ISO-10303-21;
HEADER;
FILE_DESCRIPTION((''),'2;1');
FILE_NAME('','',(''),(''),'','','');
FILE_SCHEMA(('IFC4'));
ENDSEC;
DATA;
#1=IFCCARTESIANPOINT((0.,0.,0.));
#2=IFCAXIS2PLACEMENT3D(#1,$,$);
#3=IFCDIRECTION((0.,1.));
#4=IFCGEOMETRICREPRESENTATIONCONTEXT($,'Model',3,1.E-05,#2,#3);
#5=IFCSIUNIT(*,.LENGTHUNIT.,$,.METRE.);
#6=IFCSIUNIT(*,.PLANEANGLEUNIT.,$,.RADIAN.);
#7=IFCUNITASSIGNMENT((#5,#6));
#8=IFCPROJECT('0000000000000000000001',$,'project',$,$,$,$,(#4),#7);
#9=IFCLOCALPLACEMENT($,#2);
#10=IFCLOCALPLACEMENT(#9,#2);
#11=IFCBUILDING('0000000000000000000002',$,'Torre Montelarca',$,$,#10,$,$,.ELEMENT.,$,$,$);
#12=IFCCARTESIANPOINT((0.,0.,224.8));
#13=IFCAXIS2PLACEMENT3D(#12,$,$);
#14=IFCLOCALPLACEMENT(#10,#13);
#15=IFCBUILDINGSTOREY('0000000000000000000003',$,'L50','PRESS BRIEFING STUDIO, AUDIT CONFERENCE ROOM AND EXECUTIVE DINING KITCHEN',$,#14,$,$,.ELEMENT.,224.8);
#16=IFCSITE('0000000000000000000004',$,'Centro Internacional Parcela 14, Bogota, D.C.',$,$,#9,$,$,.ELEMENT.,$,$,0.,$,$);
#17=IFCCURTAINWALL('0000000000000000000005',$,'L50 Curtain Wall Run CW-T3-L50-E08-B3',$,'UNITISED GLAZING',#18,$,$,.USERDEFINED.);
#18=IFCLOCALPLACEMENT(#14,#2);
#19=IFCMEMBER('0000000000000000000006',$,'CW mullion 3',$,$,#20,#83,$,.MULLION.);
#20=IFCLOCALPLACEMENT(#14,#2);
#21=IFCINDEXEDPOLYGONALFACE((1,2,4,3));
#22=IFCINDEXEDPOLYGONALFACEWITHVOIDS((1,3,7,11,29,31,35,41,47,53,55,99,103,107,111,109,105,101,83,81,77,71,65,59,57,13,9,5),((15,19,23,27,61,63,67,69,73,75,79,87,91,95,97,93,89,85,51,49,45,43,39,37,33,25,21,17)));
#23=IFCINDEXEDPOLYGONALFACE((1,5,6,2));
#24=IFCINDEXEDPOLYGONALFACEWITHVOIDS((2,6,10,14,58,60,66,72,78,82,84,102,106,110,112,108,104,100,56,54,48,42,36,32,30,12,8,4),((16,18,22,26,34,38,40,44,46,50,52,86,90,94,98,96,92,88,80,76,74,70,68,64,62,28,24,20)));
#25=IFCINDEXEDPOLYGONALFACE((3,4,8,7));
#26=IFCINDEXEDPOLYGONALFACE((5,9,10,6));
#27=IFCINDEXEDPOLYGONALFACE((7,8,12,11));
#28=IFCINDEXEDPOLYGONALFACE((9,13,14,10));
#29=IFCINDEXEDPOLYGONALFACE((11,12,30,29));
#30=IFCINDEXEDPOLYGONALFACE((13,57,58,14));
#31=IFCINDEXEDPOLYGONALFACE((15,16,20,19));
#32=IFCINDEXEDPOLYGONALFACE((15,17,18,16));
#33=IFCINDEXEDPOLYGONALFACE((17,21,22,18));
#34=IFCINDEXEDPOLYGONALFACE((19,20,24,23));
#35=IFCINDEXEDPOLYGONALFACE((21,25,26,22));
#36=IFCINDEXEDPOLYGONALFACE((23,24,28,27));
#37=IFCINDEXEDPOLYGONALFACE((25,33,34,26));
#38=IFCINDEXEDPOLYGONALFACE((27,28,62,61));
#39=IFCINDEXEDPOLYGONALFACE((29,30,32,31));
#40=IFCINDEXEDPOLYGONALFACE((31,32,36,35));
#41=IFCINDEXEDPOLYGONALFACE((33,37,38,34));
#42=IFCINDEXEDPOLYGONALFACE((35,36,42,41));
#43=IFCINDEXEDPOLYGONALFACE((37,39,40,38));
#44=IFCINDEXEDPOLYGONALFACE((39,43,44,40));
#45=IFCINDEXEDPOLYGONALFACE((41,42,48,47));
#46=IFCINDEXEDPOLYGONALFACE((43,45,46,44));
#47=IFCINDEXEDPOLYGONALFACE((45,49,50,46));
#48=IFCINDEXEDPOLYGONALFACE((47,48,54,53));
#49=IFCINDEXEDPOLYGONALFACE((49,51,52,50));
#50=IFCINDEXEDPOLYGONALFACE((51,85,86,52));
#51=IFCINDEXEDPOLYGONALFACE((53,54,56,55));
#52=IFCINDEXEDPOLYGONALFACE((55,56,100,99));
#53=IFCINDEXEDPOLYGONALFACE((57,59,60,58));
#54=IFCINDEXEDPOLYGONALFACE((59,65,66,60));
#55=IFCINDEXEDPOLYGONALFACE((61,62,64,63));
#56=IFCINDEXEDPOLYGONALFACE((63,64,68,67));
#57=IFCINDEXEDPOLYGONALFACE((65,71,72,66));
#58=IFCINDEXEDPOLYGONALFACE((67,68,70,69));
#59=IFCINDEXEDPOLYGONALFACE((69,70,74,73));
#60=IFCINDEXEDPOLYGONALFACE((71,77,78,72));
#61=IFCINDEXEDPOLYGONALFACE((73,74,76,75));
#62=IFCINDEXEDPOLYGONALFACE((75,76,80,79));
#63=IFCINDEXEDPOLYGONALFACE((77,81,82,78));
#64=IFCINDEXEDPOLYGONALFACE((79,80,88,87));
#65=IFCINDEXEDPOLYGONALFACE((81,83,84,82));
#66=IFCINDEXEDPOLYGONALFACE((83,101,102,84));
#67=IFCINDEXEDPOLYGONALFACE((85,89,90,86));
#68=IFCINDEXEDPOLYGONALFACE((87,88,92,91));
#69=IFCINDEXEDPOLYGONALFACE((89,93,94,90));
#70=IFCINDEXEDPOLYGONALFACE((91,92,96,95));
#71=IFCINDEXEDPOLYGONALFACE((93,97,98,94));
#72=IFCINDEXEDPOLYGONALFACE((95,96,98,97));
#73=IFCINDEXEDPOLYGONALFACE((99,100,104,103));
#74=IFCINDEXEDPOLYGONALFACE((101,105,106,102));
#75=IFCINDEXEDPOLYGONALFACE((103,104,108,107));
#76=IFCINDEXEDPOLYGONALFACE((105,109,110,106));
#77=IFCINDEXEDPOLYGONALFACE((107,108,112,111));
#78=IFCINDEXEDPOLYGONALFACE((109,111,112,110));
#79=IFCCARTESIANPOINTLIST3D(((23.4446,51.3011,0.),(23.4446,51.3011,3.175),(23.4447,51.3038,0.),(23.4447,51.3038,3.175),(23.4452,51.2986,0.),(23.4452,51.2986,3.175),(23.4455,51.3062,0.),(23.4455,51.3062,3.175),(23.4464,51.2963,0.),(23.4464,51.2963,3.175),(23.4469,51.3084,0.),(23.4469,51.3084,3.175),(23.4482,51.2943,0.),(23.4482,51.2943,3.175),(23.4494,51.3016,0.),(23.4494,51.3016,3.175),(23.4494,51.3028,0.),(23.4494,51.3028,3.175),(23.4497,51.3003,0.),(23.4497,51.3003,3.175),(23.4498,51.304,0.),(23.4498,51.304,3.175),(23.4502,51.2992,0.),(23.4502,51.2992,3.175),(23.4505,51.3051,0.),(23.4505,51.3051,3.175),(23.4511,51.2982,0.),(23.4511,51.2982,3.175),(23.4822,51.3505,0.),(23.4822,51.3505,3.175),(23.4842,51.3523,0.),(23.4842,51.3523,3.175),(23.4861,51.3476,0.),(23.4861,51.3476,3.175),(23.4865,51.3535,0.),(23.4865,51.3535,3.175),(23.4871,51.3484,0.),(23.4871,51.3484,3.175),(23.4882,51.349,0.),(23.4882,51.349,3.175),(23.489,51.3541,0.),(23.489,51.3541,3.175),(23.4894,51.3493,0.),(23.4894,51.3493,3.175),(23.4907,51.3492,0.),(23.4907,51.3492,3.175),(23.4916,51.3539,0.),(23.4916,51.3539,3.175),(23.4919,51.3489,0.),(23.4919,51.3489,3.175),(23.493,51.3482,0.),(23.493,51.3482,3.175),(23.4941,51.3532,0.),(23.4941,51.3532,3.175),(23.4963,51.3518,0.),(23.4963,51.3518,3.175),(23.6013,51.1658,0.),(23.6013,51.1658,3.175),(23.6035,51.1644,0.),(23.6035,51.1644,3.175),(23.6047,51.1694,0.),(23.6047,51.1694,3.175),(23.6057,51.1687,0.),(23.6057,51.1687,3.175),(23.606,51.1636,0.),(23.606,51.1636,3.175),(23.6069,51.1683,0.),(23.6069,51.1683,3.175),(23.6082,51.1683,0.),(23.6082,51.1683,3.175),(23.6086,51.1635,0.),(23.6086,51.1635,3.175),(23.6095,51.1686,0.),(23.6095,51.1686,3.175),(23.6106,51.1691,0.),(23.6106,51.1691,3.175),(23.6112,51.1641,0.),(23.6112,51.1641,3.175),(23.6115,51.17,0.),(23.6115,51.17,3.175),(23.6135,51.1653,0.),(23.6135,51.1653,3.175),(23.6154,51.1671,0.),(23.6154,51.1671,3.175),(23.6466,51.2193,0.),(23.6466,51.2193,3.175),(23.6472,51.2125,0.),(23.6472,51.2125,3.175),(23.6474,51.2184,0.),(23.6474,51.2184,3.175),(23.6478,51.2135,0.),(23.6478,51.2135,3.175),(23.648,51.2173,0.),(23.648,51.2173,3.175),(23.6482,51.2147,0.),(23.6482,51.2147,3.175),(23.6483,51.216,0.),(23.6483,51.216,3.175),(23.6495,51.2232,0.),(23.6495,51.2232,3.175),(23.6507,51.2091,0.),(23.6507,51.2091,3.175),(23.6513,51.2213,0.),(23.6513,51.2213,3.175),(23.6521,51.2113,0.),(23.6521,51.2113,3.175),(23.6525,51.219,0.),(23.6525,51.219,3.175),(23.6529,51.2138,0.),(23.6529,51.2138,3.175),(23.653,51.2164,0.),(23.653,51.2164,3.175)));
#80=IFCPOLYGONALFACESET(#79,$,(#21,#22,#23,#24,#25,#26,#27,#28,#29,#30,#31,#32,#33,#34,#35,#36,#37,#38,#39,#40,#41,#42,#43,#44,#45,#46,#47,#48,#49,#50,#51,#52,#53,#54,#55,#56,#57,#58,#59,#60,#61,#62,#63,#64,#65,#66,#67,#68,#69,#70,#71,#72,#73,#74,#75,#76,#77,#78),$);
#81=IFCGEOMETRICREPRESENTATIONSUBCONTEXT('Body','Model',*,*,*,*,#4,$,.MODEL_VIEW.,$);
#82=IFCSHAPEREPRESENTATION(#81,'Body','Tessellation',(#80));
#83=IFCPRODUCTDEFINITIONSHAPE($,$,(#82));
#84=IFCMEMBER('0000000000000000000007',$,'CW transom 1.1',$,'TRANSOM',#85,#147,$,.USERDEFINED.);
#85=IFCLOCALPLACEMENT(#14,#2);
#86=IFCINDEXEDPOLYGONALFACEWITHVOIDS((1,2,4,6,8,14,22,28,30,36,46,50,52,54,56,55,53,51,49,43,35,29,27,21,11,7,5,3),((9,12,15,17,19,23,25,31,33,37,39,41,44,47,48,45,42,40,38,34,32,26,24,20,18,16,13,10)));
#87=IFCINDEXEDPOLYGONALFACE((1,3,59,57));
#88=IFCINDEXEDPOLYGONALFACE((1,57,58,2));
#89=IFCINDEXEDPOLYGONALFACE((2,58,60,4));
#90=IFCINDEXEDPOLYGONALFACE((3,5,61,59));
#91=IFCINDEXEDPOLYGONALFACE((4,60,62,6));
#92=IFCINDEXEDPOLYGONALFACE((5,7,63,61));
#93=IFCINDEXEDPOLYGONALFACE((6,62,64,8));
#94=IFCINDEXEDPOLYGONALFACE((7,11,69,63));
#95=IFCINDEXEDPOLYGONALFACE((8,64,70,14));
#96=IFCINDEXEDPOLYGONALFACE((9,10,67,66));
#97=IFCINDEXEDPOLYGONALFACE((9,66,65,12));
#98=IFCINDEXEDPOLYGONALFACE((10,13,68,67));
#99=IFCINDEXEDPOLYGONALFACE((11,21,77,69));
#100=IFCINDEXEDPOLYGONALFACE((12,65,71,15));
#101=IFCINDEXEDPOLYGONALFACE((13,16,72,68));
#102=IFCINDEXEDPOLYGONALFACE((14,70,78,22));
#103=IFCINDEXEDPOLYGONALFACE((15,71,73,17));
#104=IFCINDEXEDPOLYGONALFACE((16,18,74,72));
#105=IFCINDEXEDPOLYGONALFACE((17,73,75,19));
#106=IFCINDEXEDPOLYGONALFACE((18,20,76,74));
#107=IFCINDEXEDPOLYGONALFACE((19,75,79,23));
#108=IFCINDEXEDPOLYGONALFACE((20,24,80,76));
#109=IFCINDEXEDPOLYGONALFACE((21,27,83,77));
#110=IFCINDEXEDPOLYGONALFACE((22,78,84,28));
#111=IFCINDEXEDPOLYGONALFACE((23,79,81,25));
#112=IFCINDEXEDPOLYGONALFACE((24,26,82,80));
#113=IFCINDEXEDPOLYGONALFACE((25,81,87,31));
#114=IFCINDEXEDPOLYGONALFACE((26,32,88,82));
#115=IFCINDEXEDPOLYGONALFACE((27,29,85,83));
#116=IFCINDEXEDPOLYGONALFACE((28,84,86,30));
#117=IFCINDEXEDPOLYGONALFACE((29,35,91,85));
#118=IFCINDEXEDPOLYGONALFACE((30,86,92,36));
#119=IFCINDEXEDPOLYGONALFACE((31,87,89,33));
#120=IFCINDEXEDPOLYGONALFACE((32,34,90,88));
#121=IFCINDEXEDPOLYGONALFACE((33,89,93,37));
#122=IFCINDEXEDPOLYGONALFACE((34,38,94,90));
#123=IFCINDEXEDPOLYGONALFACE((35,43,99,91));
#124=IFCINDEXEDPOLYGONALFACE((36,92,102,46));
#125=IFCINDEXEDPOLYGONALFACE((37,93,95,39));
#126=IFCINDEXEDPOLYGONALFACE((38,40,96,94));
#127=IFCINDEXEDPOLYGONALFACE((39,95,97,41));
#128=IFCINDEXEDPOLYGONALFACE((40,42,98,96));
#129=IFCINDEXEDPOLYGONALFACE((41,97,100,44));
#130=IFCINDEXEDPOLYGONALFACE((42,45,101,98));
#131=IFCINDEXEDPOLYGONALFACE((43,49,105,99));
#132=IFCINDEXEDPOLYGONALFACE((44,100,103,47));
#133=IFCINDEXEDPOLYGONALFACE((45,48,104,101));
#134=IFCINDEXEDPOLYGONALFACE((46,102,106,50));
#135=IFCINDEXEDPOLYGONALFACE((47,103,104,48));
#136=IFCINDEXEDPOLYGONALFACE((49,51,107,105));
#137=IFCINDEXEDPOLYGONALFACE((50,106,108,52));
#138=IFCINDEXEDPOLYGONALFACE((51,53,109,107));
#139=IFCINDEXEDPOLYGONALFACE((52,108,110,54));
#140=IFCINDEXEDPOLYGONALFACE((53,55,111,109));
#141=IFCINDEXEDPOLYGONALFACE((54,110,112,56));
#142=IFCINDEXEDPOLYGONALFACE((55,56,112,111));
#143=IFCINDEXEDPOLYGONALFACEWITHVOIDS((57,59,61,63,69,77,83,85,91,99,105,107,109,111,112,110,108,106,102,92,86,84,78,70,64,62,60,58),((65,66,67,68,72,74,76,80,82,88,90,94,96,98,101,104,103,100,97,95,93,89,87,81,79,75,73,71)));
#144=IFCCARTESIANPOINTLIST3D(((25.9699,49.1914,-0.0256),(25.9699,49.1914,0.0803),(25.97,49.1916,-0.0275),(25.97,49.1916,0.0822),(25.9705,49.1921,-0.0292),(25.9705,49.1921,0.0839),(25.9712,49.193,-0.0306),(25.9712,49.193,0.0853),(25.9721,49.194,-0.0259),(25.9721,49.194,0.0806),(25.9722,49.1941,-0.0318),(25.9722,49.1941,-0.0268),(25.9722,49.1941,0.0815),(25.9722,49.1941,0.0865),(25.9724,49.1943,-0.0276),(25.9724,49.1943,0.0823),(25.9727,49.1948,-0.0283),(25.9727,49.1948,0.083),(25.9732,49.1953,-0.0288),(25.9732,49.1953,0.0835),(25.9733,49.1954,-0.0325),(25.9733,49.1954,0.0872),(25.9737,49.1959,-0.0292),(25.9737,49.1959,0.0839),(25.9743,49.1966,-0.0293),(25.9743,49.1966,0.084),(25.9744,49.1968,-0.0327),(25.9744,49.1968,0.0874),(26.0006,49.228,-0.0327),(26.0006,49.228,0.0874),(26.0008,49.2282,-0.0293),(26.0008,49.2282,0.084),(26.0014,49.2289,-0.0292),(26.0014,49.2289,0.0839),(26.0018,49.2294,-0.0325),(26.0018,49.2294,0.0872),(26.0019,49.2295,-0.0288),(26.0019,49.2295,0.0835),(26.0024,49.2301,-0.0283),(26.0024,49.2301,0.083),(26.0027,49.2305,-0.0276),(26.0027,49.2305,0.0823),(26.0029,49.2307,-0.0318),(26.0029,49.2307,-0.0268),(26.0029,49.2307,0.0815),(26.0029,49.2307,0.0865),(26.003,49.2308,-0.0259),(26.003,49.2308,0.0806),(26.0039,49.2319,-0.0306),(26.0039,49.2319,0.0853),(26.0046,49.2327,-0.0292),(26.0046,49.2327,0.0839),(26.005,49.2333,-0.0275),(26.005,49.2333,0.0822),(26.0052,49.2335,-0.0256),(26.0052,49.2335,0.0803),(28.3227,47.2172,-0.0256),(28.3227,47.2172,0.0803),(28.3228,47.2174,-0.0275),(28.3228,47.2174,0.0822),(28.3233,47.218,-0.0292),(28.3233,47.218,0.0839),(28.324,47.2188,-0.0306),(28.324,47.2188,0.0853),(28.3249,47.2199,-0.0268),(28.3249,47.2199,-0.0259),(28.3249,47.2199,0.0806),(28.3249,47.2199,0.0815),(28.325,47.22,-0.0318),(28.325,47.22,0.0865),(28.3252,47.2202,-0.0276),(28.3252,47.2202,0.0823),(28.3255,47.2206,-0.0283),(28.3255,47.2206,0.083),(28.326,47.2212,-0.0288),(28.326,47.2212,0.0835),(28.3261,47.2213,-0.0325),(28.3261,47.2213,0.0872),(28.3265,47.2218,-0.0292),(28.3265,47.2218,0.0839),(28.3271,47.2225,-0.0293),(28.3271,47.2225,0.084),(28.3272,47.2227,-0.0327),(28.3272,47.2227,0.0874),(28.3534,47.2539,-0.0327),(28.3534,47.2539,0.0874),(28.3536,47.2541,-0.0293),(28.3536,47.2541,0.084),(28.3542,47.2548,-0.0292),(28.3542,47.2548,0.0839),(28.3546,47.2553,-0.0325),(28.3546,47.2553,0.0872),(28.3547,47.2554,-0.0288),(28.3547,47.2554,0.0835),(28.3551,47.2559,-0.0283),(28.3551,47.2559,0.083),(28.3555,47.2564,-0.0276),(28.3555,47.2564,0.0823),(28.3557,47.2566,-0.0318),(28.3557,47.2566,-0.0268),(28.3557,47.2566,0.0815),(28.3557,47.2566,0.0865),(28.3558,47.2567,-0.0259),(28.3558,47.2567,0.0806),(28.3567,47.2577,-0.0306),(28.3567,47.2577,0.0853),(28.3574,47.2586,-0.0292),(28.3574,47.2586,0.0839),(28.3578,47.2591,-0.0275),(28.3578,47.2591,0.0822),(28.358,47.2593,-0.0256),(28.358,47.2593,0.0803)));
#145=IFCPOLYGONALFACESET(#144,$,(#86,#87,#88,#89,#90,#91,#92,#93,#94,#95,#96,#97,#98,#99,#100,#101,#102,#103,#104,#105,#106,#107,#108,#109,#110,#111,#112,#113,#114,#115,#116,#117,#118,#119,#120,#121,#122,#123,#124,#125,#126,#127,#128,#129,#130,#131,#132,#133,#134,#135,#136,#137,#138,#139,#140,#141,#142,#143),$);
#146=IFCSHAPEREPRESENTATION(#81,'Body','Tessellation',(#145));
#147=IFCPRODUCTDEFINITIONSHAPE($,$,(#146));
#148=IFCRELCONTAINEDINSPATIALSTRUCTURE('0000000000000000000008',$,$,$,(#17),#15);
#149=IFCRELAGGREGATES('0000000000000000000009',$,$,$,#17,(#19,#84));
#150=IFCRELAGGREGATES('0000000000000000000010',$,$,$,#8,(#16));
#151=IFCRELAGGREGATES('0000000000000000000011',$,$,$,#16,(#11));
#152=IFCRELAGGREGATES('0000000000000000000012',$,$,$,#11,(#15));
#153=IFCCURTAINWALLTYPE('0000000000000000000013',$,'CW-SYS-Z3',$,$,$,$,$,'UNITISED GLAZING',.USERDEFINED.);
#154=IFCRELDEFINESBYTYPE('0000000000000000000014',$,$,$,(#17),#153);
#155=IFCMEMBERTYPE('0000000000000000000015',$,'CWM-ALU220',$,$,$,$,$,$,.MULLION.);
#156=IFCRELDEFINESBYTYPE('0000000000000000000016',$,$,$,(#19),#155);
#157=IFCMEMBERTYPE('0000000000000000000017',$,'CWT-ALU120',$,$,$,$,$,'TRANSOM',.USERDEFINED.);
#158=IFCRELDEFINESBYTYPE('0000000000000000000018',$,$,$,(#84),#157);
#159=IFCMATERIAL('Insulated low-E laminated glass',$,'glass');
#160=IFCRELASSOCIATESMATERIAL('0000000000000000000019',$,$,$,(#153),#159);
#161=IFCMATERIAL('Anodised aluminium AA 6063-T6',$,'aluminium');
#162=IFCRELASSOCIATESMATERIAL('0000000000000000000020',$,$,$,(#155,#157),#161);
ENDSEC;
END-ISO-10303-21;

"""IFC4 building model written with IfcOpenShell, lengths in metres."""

from ifc_helpers import new_model, si_unit, direction, frame, origin, origin_2d, place, context, subcontext, project, spatial, hollow_rectangle, extrude, source, transform, mapped, material, material_profile, profile_set, type_object, element, aggregate, save


model = new_model("IFC4")

# Units and contexts
model_context = context("Model", 3, precision=1e-05, world=origin(), true_north=direction((0.0, 1.0)))
body_context = subcontext(model_context, "Body", "Model", "MODEL_VIEW")
ifc_project = project(units=[si_unit("LENGTHUNIT", "METRE"), si_unit("PLANEANGLEUNIT", "RADIAN")], contexts=[model_context])

# Site, building, storey
site_placement = place(None, origin())
site = spatial("IfcSite", under=ifc_project, at=site_placement, Name="Centro Internacional Parcela 14, Bogota, D.C.", CompositionType="ELEMENT", RefElevation=0.0)
building_placement = place(site_placement, origin())
building = spatial("IfcBuilding", under=site, at=building_placement, Name="Torre Montelarca", CompositionType="ELEMENT")
storey_placement = place(building_placement, frame((0.0, 0.0, 224.8)))
storey = spatial("IfcBuildingStorey", under=building, at=storey_placement, Name="L50", Description="PRESS BRIEFING STUDIO, AUDIT CONFERENCE ROOM AND EXECUTIVE DINING KITCHEN", CompositionType="ELEMENT", Elevation=224.8)

# Curtain wall, members
ifc_material_1 = material(Name="Insulated low-E laminated glass", Category="glass")
curtain_wall_type = type_object("IfcCurtainWallType", Name="CW-SYS-Z3", ElementType="UNITISED GLAZING", PredefinedType="USERDEFINED", material=ifc_material_1)
curtain_wall_placement = place(storey_placement, origin())
curtain_wall = element("IfcCurtainWall", 1, at=curtain_wall_placement, inside=storey, type_object=curtain_wall_type, Name="L50 Curtain Wall Run CW-T3-L50-E08-B3", ObjectType="UNITISED GLAZING", PredefinedType="USERDEFINED")
ifc_material_2 = material(Name="Anodised aluminium AA 6063-T6", Category="aluminium")
ifc_material_profile_1 = material_profile(ifc_material_2, hollow_rectangle(XDim=0.075, YDim=0.22, WallThickness=0.0049, InnerFilletRadius=0.0049, OuterFilletRadius=0.01, at=origin_2d()), Name="ALU75X220X5", Category="aluminium")
ifc_profile_set_1 = profile_set([ifc_material_profile_1], Name="Anodised aluminium AA 6063-T6")
member_type_1 = type_object("IfcMemberType", Name="CWM-ALU220", PredefinedType="MULLION", material=ifc_profile_set_1)
shared_shape_1 = source(origin(), body_context, "Body", "SweptSolid", [
    extrude(hollow_rectangle(XDim=0.075, YDim=0.22, WallThickness=0.0049, InnerFilletRadius=0.0049, OuterFilletRadius=0.01, at=origin_2d()), origin(), (0.0, 0.0, 1.0), 3.175),
])
member_1_placement = place(storey_placement, frame((23.5488, 51.2588, 0.0), z_axis=(0.0, 0.0, 1.0), x_axis=(-0.642788, -0.766044, 0.0)))
member_1 = element("IfcMember", 2, at=member_1_placement, type_object=member_type_1, Name="CW mullion 3", PredefinedType="MULLION", context=body_context, shape_type="MappedRepresentation", body=[
    mapped(shared_shape_1, transform((0.0, 0.0, 0.0), scale=1.0)),
])
ifc_material_profile_2 = material_profile(ifc_material_2, hollow_rectangle(XDim=0.0549, YDim=0.1201, WallThickness=0.0034, InnerFilletRadius=0.0034, OuterFilletRadius=0.0071, at=origin_2d()), Name="ALU55X120X3.5", Category="aluminium")
ifc_profile_set_2 = profile_set([ifc_material_profile_2], Name="Anodised aluminium AA 6063-T6")
member_type_2 = type_object("IfcMemberType", Name="CWT-ALU120", ElementType="TRANSOM", PredefinedType="USERDEFINED", material=ifc_profile_set_2)
shared_shape_2 = source(origin(), body_context, "Body", "SweptSolid", [
    extrude(hollow_rectangle(XDim=0.0549, YDim=0.1201, WallThickness=0.0034, InnerFilletRadius=0.0034, OuterFilletRadius=0.0071, at=origin_2d()), origin(), (0.0, 0.0, 1.0), 3.0713),
])
member_2_placement = place(storey_placement, frame((28.3403, 47.2383, 0.0273), z_axis=(-0.76606, 0.642769, 0.0), x_axis=(-0.642769, -0.76606, 0.0)))
member_2 = element("IfcMember", 3, at=member_2_placement, type_object=member_type_2, Name="CW transom 1.1", ObjectType="TRANSOM", PredefinedType="USERDEFINED", context=body_context, shape_type="MappedRepresentation", body=[
    mapped(shared_shape_2, transform((0.0, 0.0, 0.0), scale=1.0)),
])
aggregate(curtain_wall, [member_1, member_2])

save(model, "model.ifc")
